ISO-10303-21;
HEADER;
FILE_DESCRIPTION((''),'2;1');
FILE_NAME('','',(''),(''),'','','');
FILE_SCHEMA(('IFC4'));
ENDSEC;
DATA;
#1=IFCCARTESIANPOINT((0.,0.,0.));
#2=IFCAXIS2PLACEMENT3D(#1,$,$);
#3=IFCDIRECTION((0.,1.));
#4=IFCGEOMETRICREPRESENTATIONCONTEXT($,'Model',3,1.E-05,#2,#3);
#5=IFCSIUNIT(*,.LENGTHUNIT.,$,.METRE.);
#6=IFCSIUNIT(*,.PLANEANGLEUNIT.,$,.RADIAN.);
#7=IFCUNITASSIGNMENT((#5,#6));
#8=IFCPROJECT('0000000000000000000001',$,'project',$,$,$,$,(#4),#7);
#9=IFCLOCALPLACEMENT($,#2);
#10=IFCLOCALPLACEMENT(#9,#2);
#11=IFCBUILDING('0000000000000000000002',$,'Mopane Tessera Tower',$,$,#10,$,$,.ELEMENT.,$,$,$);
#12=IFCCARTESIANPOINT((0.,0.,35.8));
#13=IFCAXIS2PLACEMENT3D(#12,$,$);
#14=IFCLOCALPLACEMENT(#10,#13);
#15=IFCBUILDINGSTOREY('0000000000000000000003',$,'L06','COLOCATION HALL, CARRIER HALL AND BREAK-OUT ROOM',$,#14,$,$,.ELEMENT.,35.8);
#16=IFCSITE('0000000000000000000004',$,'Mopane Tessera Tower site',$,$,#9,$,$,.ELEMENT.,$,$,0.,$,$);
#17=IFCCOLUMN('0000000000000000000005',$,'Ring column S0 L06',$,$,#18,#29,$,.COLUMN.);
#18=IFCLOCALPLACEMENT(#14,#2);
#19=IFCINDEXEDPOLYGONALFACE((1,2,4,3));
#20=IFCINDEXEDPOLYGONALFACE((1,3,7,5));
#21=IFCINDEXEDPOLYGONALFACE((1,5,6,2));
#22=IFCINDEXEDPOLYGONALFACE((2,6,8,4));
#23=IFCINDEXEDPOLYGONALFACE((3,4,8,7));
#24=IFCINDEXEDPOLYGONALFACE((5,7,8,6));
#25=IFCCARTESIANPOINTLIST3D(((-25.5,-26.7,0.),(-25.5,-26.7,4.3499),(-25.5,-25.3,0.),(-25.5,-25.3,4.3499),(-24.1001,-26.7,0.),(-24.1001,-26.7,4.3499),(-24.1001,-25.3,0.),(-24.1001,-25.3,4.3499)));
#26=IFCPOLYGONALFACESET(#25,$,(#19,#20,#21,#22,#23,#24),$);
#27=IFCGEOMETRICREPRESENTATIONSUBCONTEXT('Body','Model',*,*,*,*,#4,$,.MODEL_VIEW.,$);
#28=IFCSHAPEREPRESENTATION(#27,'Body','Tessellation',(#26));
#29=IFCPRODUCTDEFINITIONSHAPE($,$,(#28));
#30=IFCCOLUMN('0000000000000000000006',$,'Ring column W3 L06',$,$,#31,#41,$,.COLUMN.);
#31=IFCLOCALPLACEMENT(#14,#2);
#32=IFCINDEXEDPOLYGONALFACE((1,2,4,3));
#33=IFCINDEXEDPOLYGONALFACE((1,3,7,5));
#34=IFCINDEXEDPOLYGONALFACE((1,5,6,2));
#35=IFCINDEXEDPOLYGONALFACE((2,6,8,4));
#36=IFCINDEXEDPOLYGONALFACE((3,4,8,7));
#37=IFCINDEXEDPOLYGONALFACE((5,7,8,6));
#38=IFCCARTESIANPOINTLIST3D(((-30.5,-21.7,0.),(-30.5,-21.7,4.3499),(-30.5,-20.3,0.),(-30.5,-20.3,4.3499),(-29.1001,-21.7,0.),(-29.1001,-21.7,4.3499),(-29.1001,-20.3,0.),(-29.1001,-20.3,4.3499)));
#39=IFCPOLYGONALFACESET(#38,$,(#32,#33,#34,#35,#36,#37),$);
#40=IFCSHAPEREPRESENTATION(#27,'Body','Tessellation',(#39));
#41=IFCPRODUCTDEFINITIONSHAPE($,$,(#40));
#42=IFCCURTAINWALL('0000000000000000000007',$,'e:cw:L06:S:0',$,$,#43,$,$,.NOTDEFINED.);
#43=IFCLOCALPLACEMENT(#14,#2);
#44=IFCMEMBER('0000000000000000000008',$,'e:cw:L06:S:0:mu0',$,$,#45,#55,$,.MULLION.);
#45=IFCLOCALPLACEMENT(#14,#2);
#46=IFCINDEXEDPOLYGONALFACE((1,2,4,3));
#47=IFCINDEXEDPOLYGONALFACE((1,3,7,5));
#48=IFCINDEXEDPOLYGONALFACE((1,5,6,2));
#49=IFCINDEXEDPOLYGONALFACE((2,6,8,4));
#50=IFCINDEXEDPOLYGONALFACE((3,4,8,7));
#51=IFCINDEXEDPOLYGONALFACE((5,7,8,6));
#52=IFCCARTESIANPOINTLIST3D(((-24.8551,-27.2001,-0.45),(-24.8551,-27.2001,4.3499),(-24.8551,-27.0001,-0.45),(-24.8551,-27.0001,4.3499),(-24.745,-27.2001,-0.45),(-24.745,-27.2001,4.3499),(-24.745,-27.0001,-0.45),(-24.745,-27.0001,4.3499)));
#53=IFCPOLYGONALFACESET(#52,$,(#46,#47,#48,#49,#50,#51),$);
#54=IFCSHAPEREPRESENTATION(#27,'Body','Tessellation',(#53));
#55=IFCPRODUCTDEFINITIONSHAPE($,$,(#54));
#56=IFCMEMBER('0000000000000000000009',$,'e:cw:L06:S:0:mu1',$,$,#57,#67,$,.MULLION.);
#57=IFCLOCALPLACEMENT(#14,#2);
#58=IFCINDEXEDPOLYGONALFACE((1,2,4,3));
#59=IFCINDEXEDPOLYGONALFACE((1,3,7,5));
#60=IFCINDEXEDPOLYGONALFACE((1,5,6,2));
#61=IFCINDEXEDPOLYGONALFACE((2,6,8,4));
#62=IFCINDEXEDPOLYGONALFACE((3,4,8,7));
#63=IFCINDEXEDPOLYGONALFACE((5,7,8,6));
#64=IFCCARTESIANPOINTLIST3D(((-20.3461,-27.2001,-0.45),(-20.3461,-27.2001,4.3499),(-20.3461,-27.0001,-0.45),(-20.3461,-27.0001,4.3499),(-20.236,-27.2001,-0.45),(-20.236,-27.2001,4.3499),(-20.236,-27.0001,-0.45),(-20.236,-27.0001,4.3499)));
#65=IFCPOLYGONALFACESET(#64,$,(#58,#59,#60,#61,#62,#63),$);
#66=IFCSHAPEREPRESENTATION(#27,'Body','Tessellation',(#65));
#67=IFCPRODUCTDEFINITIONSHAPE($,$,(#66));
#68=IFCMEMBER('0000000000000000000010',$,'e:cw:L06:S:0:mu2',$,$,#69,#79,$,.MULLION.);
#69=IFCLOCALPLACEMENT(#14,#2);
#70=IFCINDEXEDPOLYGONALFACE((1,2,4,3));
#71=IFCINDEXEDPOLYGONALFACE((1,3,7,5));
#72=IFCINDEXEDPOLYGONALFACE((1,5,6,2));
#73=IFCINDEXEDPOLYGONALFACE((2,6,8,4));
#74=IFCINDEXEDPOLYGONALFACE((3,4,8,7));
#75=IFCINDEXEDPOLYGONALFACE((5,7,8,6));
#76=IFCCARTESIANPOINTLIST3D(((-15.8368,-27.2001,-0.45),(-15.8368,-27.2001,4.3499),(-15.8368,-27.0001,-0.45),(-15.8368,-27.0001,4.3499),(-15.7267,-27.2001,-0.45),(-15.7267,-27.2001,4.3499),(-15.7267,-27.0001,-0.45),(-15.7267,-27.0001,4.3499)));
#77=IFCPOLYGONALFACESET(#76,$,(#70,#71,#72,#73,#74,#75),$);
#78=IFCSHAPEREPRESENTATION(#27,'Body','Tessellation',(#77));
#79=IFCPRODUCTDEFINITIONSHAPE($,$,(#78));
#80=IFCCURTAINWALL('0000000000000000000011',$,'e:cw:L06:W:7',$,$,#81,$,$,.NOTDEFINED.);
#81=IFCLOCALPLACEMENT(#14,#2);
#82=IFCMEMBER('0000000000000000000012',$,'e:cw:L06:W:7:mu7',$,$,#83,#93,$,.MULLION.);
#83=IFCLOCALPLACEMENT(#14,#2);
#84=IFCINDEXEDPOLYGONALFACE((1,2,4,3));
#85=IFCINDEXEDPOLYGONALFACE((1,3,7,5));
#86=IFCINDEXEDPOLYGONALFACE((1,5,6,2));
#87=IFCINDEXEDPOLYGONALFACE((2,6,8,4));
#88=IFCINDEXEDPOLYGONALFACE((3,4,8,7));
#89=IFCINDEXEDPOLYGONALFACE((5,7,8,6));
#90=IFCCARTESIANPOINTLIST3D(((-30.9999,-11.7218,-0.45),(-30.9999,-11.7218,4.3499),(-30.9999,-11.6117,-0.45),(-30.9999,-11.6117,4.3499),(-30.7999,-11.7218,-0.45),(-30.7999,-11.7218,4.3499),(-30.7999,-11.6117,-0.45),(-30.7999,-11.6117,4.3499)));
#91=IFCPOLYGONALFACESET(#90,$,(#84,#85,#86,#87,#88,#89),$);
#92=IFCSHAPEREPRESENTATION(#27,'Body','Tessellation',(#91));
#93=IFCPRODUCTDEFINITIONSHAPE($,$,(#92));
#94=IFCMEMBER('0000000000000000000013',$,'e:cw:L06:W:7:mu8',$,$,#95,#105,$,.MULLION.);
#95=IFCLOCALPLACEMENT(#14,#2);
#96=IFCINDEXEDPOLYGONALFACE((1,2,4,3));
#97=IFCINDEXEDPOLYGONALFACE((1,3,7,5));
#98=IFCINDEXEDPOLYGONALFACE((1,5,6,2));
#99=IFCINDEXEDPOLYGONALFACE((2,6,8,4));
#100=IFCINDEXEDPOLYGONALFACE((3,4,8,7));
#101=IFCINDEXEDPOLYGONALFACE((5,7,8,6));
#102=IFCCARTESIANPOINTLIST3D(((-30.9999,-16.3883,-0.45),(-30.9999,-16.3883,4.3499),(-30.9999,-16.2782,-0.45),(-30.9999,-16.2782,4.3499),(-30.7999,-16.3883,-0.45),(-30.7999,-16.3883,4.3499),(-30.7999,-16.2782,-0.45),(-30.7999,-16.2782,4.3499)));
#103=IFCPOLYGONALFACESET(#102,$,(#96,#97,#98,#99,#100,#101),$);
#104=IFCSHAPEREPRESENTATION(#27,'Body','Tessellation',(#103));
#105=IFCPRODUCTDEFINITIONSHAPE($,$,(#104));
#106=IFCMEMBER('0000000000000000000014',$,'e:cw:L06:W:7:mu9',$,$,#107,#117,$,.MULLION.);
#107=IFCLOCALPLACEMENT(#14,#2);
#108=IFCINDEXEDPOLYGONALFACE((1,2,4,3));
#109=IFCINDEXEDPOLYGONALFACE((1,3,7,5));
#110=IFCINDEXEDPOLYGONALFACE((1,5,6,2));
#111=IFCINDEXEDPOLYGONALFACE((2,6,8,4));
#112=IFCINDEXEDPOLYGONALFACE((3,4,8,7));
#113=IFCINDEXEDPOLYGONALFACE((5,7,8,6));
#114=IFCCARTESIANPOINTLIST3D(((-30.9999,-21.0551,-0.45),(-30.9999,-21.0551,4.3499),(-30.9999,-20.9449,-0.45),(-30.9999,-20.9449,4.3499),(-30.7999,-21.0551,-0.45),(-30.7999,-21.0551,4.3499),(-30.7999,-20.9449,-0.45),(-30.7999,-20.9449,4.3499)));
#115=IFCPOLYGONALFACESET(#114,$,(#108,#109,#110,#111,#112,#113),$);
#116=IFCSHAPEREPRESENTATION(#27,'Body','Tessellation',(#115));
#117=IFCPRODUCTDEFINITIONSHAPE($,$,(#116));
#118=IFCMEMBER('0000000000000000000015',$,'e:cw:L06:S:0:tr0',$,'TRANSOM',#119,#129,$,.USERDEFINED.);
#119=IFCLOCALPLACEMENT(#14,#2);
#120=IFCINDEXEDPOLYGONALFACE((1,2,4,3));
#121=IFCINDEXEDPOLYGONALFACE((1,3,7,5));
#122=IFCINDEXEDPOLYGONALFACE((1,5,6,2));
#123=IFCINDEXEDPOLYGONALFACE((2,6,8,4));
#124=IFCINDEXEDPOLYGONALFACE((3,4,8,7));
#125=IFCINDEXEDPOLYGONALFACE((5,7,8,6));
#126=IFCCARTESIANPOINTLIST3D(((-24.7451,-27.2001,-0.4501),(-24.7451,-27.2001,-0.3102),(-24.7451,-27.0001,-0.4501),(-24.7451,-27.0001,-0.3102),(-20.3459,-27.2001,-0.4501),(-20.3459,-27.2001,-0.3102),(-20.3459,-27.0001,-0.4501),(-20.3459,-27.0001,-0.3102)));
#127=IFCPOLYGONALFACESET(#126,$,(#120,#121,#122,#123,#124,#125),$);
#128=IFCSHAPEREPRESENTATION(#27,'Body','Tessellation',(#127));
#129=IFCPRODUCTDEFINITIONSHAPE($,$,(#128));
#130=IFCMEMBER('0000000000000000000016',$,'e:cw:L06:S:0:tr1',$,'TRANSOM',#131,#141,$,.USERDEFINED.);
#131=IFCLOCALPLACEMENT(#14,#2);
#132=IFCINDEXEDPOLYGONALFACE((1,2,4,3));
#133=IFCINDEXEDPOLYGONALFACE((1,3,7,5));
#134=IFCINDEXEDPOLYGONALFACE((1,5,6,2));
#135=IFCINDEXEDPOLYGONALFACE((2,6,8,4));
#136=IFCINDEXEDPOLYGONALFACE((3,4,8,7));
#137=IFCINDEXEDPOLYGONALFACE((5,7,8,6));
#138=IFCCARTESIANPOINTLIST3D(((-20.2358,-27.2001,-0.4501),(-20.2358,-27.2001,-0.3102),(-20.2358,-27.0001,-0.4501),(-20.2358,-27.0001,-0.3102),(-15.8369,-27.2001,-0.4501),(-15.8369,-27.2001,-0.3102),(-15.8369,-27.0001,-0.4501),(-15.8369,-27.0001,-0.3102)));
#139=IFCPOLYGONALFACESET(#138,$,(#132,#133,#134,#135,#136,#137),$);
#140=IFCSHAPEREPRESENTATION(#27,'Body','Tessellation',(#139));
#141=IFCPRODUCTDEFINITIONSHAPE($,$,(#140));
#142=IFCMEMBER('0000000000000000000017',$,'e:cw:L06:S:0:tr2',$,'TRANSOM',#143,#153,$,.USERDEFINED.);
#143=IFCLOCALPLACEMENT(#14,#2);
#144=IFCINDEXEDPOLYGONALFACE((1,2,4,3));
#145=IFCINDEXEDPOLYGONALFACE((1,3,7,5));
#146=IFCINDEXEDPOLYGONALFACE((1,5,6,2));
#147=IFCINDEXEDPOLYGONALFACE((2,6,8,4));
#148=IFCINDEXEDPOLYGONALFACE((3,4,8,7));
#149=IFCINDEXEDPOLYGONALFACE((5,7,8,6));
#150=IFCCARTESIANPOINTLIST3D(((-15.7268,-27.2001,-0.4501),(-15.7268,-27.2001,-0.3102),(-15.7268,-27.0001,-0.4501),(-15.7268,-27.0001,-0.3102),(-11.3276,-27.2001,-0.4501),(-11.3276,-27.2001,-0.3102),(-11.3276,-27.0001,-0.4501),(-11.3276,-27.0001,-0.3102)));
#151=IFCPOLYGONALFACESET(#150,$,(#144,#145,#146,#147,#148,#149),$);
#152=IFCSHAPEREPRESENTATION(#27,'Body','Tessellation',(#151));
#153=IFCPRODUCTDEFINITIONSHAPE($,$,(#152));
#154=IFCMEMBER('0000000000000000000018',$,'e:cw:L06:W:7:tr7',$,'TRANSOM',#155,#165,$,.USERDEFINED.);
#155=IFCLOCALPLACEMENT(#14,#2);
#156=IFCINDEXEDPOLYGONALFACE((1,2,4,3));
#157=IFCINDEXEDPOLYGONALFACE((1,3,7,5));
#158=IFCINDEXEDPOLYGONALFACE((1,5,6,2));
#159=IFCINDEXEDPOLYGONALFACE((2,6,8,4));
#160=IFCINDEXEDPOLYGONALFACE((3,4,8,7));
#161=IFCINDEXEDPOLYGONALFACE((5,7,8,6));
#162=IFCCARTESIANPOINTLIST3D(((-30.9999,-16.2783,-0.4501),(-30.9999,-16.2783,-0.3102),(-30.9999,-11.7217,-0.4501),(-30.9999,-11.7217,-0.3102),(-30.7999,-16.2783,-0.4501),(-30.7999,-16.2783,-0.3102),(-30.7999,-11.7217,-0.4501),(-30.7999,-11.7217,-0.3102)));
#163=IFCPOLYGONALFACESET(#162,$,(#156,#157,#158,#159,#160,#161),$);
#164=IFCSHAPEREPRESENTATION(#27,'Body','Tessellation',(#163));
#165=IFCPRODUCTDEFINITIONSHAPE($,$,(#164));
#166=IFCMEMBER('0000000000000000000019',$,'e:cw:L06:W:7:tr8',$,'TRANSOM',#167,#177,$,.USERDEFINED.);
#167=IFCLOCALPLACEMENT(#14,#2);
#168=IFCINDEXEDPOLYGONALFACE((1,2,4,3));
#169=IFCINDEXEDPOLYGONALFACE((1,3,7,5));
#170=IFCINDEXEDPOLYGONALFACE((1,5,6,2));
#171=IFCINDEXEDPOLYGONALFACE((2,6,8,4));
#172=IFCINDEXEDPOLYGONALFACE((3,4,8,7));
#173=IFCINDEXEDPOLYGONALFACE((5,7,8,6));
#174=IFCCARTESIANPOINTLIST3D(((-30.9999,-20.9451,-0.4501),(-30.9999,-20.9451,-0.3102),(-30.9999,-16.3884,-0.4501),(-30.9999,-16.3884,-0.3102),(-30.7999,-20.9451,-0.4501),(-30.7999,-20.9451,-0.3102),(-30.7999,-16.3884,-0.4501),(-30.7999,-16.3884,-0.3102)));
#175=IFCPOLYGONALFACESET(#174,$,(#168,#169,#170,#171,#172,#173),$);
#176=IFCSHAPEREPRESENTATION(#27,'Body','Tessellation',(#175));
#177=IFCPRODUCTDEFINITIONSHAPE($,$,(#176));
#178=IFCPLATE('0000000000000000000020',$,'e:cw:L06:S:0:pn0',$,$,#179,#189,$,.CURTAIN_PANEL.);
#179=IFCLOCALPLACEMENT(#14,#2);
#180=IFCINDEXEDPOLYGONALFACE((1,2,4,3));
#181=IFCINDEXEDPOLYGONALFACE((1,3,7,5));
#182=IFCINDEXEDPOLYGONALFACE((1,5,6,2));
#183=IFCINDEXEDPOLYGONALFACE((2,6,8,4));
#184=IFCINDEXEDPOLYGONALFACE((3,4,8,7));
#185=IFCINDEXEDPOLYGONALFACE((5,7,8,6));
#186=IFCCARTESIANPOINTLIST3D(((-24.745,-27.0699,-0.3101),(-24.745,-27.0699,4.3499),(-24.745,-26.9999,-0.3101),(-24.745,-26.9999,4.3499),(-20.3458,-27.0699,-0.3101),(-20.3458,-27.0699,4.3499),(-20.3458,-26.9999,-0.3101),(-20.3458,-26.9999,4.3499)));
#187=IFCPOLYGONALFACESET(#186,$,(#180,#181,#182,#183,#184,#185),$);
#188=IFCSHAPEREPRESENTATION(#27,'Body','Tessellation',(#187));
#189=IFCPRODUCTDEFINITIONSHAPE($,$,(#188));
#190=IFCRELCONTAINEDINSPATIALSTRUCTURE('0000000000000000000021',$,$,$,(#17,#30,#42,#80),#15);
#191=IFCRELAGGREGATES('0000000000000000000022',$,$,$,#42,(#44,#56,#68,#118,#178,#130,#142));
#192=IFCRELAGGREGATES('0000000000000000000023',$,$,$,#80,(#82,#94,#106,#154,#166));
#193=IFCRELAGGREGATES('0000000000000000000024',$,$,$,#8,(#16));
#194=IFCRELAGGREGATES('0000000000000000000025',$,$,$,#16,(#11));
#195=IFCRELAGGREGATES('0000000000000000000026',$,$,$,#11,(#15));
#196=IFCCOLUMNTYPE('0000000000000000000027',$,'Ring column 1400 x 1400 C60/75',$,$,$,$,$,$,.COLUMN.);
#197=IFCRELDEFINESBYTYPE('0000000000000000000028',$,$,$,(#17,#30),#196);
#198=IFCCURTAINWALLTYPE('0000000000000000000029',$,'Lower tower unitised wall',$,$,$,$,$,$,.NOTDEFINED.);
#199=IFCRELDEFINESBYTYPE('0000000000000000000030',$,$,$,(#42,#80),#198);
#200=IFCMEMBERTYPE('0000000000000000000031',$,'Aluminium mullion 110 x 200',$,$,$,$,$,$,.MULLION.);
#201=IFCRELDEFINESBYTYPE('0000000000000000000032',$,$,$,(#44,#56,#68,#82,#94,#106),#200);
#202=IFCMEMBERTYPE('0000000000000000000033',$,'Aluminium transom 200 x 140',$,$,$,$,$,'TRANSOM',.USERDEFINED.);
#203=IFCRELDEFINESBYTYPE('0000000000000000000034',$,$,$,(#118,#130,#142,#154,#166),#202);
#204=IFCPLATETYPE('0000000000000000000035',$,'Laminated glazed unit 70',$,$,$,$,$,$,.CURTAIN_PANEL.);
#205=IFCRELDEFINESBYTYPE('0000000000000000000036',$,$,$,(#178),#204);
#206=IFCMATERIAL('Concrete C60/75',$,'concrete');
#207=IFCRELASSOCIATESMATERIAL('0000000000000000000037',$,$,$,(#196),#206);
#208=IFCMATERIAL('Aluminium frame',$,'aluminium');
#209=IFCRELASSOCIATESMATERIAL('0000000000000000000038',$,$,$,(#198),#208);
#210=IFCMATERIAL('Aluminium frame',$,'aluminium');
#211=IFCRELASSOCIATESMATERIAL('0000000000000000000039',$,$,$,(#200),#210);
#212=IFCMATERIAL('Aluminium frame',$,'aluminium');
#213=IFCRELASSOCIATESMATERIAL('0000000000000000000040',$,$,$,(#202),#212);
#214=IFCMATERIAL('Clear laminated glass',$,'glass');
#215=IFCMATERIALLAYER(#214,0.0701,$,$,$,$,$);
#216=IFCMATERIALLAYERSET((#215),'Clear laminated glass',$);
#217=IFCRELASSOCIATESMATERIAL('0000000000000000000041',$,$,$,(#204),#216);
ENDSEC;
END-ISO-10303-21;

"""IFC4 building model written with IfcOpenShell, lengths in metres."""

from ifc_helpers import new_model, si_unit, direction, frame, origin, origin_2d, place, context, subcontext, project, spatial, rectangle, extrude, material, layer, layer_set, material_profile, profile_set, type_object, element, aggregate, save


model = new_model("IFC4")

# Units and contexts
model_context = context("Model", 3, precision=1e-05, world=origin(), true_north=direction((0.0, 1.0)))
body_context = subcontext(model_context, "Body", "Model", "MODEL_VIEW")
ifc_project = project(units=[si_unit("LENGTHUNIT", "METRE"), si_unit("PLANEANGLEUNIT", "RADIAN")], contexts=[model_context])

# Site, building, storey
site_placement = place(None, origin())
site = spatial("IfcSite", under=ifc_project, at=site_placement, Name="Mopane Tessera Tower site", CompositionType="ELEMENT", RefElevation=0.0)
building_placement = place(site_placement, origin())
building = spatial("IfcBuilding", under=site, at=building_placement, Name="Mopane Tessera Tower", CompositionType="ELEMENT")
storey_placement = place(building_placement, frame((0.0, 0.0, 35.8)))
storey = spatial("IfcBuildingStorey", under=building, at=storey_placement, Name="L06", Description="COLOCATION HALL, CARRIER HALL AND BREAK-OUT ROOM", CompositionType="ELEMENT", Elevation=35.8)

# Columns
ifc_material_1 = material(Name="Concrete C60/75", Category="concrete")
ifc_material_profile_1 = material_profile(ifc_material_1, rectangle(XDim=1.3999, YDim=1.3999, at=origin_2d()))
ifc_profile_set_1 = profile_set([ifc_material_profile_1], Name="Concrete C60/75")
column_type = type_object("IfcColumnType", Name="Ring column 1400 x 1400 C60/75", PredefinedType="COLUMN", material=ifc_profile_set_1)
for number, where, z_axis, x_axis, name in (
    (1, (-24.8, -26.0, 0.0), (0.0, 0.0, 1.0), (1.0, 0.0, 0.0), "Ring column S0 L06"),
    (2, (-29.8, -21.0, 0.0), (0.0, 0.0, 1.0), (1.0, 0.0, 0.0), "Ring column W3 L06"),
):
    element("IfcColumn", number, at=place(storey_placement, frame(where, z_axis=z_axis, x_axis=x_axis)), inside=storey, type_object=column_type, Name=name, PredefinedType="COLUMN", context=body_context, shape_type="SweptSolid", body=[
        extrude(rectangle(XDim=1.3999, YDim=1.3999, at=origin_2d()), origin(), (0.0, 0.0, 1.0), 4.3499),
    ])

# Curtain walls, members
ifc_material_2 = material(Name="Aluminium frame", Category="aluminium")
curtain_wall_type = type_object("IfcCurtainWallType", Name="Lower tower unitised wall", PredefinedType="NOTDEFINED", material=ifc_material_2)
curtain_wall_1_placement = place(storey_placement, origin())
curtain_wall_1 = element("IfcCurtainWall", 3, at=curtain_wall_1_placement, inside=storey, type_object=curtain_wall_type, Name="e:cw:L06:S:0", PredefinedType="NOTDEFINED")
ifc_material_3 = material(Name="Aluminium frame", Category="aluminium")
ifc_material_profile_2 = material_profile(ifc_material_3, rectangle(XDim=0.1101, YDim=0.2, at=origin_2d()))
ifc_profile_set_2 = profile_set([ifc_material_profile_2], Name="Aluminium frame")
member_type_1 = type_object("IfcMemberType", Name="Aluminium mullion 110 x 200", PredefinedType="MULLION", material=ifc_profile_set_2)
member_1_placement = place(storey_placement, frame((-24.8, -27.1001, -0.45), z_axis=(0.0, 0.0, 1.0), x_axis=(1.0, 0.0, 0.0)))
member_1 = element("IfcMember", 4, at=member_1_placement, type_object=member_type_1, Name="e:cw:L06:S:0:mu0", PredefinedType="MULLION", context=body_context, shape_type="SweptSolid", body=[
    extrude(rectangle(XDim=0.1101, YDim=0.2, at=origin_2d()), origin(), (0.0, 0.0, 1.0), 4.7998),
])
member_2_placement = place(storey_placement, frame((-20.291, -27.1001, -0.45), z_axis=(0.0, 0.0, 1.0), x_axis=(1.0, 0.0, 0.0)))
member_2 = element("IfcMember", 5, at=member_2_placement, type_object=member_type_1, Name="e:cw:L06:S:0:mu1", PredefinedType="MULLION", context=body_context, shape_type="SweptSolid", body=[
    extrude(rectangle(XDim=0.1101, YDim=0.2, at=origin_2d()), origin(), (0.0, 0.0, 1.0), 4.7998),
])
member_3_placement = place(storey_placement, frame((-15.7817, -27.1001, -0.45), z_axis=(0.0, 0.0, 1.0), x_axis=(1.0, 0.0, 0.0)))
member_3 = element("IfcMember", 6, at=member_3_placement, type_object=member_type_1, Name="e:cw:L06:S:0:mu2", PredefinedType="MULLION", context=body_context, shape_type="SweptSolid", body=[
    extrude(rectangle(XDim=0.1101, YDim=0.2, at=origin_2d()), origin(), (0.0, 0.0, 1.0), 4.7998),
])
curtain_wall_2_placement = place(storey_placement, origin())
curtain_wall_2 = element("IfcCurtainWall", 7, at=curtain_wall_2_placement, inside=storey, type_object=curtain_wall_type, Name="e:cw:L06:W:7", PredefinedType="NOTDEFINED")
member_4_placement = place(storey_placement, frame((-30.8999, -11.6667, -0.45), z_axis=(0.0, 0.0, 1.0), x_axis=(0.0, -1.0, 0.0)))
member_4 = element("IfcMember", 8, at=member_4_placement, type_object=member_type_1, Name="e:cw:L06:W:7:mu7", PredefinedType="MULLION", context=body_context, shape_type="SweptSolid", body=[
    extrude(rectangle(XDim=0.1101, YDim=0.2, at=origin_2d()), origin(), (0.0, 0.0, 1.0), 4.7998),
])
member_5_placement = place(storey_placement, frame((-30.8999, -16.3333, -0.45), z_axis=(0.0, 0.0, 1.0), x_axis=(0.0, -1.0, 0.0)))
member_5 = element("IfcMember", 9, at=member_5_placement, type_object=member_type_1, Name="e:cw:L06:W:7:mu8", PredefinedType="MULLION", context=body_context, shape_type="SweptSolid", body=[
    extrude(rectangle(XDim=0.1101, YDim=0.2, at=origin_2d()), origin(), (0.0, 0.0, 1.0), 4.7998),
])
member_6_placement = place(storey_placement, frame((-30.8999, -21.0, -0.45), z_axis=(0.0, 0.0, 1.0), x_axis=(0.0, -1.0, 0.0)))
member_6 = element("IfcMember", 10, at=member_6_placement, type_object=member_type_1, Name="e:cw:L06:W:7:mu9", PredefinedType="MULLION", context=body_context, shape_type="SweptSolid", body=[
    extrude(rectangle(XDim=0.1101, YDim=0.2, at=origin_2d()), origin(), (0.0, 0.0, 1.0), 4.7998),
])

# Members
ifc_material_4 = material(Name="Aluminium frame", Category="aluminium")
ifc_material_profile_3 = material_profile(ifc_material_4, rectangle(XDim=0.2, YDim=0.1399, at=origin_2d()))
ifc_profile_set_3 = profile_set([ifc_material_profile_3], Name="Aluminium frame")
member_type_2 = type_object("IfcMemberType", Name="Aluminium transom 200 x 140", ElementType="TRANSOM", PredefinedType="USERDEFINED", material=ifc_profile_set_3)
member_7_placement = place(storey_placement, frame((-24.7451, -27.1001, -0.3801), z_axis=(1.0, 0.0, 0.0), x_axis=(0.0, 1.0, 0.0)))
member_7 = element("IfcMember", 11, at=member_7_placement, type_object=member_type_2, Name="e:cw:L06:S:0:tr0", ObjectType="TRANSOM", PredefinedType="USERDEFINED", context=body_context, shape_type="SweptSolid", body=[
    extrude(rectangle(XDim=0.2, YDim=0.1399, at=origin_2d()), origin(), (0.0, 0.0, 1.0), 4.3992),
])
member_8_placement = place(storey_placement, frame((-20.2358, -27.1001, -0.3801), z_axis=(1.0, 0.0, 0.0), x_axis=(0.0, 1.0, 0.0)))
member_8 = element("IfcMember", 12, at=member_8_placement, type_object=member_type_2, Name="e:cw:L06:S:0:tr1", ObjectType="TRANSOM", PredefinedType="USERDEFINED", context=body_context, shape_type="SweptSolid", body=[
    extrude(rectangle(XDim=0.2, YDim=0.1399, at=origin_2d()), origin(), (0.0, 0.0, 1.0), 4.3989),
])
member_9_placement = place(storey_placement, frame((-15.7268, -27.1001, -0.3801), z_axis=(1.0, 0.0, 0.0), x_axis=(0.0, 1.0, 0.0)))
member_9 = element("IfcMember", 13, at=member_9_placement, type_object=member_type_2, Name="e:cw:L06:S:0:tr2", ObjectType="TRANSOM", PredefinedType="USERDEFINED", context=body_context, shape_type="SweptSolid", body=[
    extrude(rectangle(XDim=0.2, YDim=0.1399, at=origin_2d()), origin(), (0.0, 0.0, 1.0), 4.3992),
])
member_10_placement = place(storey_placement, frame((-30.8999, -11.7217, -0.3801), z_axis=(0.0, -1.0, 0.0), x_axis=(1.0, 0.0, 0.0)))
member_10 = element("IfcMember", 14, at=member_10_placement, type_object=member_type_2, Name="e:cw:L06:W:7:tr7", ObjectType="TRANSOM", PredefinedType="USERDEFINED", context=body_context, shape_type="SweptSolid", body=[
    extrude(rectangle(XDim=0.2, YDim=0.1399, at=origin_2d()), origin(), (0.0, 0.0, 1.0), 4.5566),
])
member_11_placement = place(storey_placement, frame((-30.8999, -16.3884, -0.3801), z_axis=(0.0, -1.0, 0.0), x_axis=(1.0, 0.0, 0.0)))
member_11 = element("IfcMember", 15, at=member_11_placement, type_object=member_type_2, Name="e:cw:L06:W:7:tr8", ObjectType="TRANSOM", PredefinedType="USERDEFINED", context=body_context, shape_type="SweptSolid", body=[
    extrude(rectangle(XDim=0.2, YDim=0.1399, at=origin_2d()), origin(), (0.0, 0.0, 1.0), 4.5566),
])

# Plate
ifc_material_5 = material(Name="Clear laminated glass", Category="glass")
ifc_layer = layer(ifc_material_5, 0.0701)
ifc_layer_set = layer_set([ifc_layer], Name="Clear laminated glass")
plate_type = type_object("IfcPlateType", Name="Laminated glazed unit 70", PredefinedType="CURTAIN_PANEL", material=ifc_layer_set)
plate_1_placement = place(storey_placement, frame((-22.5454, -27.0349, -0.3101), z_axis=(0.0, 0.0, 1.0), x_axis=(1.0, 0.0, 0.0)))
plate_1 = element("IfcPlate", 16, at=plate_1_placement, type_object=plate_type, Name="e:cw:L06:S:0:pn0", PredefinedType="CURTAIN_PANEL", context=body_context, shape_type="SweptSolid", body=[
    extrude(rectangle(XDim=4.3992, YDim=0.0701, at=origin_2d()), origin(), (0.0, 0.0, 1.0), 4.6599),
])
aggregate(curtain_wall_1, [member_1, member_2, member_3, member_7, plate_1, member_8, member_9])
aggregate(curtain_wall_2, [member_4, member_5, member_6, member_10, member_11])

save(model, "model.ifc")
